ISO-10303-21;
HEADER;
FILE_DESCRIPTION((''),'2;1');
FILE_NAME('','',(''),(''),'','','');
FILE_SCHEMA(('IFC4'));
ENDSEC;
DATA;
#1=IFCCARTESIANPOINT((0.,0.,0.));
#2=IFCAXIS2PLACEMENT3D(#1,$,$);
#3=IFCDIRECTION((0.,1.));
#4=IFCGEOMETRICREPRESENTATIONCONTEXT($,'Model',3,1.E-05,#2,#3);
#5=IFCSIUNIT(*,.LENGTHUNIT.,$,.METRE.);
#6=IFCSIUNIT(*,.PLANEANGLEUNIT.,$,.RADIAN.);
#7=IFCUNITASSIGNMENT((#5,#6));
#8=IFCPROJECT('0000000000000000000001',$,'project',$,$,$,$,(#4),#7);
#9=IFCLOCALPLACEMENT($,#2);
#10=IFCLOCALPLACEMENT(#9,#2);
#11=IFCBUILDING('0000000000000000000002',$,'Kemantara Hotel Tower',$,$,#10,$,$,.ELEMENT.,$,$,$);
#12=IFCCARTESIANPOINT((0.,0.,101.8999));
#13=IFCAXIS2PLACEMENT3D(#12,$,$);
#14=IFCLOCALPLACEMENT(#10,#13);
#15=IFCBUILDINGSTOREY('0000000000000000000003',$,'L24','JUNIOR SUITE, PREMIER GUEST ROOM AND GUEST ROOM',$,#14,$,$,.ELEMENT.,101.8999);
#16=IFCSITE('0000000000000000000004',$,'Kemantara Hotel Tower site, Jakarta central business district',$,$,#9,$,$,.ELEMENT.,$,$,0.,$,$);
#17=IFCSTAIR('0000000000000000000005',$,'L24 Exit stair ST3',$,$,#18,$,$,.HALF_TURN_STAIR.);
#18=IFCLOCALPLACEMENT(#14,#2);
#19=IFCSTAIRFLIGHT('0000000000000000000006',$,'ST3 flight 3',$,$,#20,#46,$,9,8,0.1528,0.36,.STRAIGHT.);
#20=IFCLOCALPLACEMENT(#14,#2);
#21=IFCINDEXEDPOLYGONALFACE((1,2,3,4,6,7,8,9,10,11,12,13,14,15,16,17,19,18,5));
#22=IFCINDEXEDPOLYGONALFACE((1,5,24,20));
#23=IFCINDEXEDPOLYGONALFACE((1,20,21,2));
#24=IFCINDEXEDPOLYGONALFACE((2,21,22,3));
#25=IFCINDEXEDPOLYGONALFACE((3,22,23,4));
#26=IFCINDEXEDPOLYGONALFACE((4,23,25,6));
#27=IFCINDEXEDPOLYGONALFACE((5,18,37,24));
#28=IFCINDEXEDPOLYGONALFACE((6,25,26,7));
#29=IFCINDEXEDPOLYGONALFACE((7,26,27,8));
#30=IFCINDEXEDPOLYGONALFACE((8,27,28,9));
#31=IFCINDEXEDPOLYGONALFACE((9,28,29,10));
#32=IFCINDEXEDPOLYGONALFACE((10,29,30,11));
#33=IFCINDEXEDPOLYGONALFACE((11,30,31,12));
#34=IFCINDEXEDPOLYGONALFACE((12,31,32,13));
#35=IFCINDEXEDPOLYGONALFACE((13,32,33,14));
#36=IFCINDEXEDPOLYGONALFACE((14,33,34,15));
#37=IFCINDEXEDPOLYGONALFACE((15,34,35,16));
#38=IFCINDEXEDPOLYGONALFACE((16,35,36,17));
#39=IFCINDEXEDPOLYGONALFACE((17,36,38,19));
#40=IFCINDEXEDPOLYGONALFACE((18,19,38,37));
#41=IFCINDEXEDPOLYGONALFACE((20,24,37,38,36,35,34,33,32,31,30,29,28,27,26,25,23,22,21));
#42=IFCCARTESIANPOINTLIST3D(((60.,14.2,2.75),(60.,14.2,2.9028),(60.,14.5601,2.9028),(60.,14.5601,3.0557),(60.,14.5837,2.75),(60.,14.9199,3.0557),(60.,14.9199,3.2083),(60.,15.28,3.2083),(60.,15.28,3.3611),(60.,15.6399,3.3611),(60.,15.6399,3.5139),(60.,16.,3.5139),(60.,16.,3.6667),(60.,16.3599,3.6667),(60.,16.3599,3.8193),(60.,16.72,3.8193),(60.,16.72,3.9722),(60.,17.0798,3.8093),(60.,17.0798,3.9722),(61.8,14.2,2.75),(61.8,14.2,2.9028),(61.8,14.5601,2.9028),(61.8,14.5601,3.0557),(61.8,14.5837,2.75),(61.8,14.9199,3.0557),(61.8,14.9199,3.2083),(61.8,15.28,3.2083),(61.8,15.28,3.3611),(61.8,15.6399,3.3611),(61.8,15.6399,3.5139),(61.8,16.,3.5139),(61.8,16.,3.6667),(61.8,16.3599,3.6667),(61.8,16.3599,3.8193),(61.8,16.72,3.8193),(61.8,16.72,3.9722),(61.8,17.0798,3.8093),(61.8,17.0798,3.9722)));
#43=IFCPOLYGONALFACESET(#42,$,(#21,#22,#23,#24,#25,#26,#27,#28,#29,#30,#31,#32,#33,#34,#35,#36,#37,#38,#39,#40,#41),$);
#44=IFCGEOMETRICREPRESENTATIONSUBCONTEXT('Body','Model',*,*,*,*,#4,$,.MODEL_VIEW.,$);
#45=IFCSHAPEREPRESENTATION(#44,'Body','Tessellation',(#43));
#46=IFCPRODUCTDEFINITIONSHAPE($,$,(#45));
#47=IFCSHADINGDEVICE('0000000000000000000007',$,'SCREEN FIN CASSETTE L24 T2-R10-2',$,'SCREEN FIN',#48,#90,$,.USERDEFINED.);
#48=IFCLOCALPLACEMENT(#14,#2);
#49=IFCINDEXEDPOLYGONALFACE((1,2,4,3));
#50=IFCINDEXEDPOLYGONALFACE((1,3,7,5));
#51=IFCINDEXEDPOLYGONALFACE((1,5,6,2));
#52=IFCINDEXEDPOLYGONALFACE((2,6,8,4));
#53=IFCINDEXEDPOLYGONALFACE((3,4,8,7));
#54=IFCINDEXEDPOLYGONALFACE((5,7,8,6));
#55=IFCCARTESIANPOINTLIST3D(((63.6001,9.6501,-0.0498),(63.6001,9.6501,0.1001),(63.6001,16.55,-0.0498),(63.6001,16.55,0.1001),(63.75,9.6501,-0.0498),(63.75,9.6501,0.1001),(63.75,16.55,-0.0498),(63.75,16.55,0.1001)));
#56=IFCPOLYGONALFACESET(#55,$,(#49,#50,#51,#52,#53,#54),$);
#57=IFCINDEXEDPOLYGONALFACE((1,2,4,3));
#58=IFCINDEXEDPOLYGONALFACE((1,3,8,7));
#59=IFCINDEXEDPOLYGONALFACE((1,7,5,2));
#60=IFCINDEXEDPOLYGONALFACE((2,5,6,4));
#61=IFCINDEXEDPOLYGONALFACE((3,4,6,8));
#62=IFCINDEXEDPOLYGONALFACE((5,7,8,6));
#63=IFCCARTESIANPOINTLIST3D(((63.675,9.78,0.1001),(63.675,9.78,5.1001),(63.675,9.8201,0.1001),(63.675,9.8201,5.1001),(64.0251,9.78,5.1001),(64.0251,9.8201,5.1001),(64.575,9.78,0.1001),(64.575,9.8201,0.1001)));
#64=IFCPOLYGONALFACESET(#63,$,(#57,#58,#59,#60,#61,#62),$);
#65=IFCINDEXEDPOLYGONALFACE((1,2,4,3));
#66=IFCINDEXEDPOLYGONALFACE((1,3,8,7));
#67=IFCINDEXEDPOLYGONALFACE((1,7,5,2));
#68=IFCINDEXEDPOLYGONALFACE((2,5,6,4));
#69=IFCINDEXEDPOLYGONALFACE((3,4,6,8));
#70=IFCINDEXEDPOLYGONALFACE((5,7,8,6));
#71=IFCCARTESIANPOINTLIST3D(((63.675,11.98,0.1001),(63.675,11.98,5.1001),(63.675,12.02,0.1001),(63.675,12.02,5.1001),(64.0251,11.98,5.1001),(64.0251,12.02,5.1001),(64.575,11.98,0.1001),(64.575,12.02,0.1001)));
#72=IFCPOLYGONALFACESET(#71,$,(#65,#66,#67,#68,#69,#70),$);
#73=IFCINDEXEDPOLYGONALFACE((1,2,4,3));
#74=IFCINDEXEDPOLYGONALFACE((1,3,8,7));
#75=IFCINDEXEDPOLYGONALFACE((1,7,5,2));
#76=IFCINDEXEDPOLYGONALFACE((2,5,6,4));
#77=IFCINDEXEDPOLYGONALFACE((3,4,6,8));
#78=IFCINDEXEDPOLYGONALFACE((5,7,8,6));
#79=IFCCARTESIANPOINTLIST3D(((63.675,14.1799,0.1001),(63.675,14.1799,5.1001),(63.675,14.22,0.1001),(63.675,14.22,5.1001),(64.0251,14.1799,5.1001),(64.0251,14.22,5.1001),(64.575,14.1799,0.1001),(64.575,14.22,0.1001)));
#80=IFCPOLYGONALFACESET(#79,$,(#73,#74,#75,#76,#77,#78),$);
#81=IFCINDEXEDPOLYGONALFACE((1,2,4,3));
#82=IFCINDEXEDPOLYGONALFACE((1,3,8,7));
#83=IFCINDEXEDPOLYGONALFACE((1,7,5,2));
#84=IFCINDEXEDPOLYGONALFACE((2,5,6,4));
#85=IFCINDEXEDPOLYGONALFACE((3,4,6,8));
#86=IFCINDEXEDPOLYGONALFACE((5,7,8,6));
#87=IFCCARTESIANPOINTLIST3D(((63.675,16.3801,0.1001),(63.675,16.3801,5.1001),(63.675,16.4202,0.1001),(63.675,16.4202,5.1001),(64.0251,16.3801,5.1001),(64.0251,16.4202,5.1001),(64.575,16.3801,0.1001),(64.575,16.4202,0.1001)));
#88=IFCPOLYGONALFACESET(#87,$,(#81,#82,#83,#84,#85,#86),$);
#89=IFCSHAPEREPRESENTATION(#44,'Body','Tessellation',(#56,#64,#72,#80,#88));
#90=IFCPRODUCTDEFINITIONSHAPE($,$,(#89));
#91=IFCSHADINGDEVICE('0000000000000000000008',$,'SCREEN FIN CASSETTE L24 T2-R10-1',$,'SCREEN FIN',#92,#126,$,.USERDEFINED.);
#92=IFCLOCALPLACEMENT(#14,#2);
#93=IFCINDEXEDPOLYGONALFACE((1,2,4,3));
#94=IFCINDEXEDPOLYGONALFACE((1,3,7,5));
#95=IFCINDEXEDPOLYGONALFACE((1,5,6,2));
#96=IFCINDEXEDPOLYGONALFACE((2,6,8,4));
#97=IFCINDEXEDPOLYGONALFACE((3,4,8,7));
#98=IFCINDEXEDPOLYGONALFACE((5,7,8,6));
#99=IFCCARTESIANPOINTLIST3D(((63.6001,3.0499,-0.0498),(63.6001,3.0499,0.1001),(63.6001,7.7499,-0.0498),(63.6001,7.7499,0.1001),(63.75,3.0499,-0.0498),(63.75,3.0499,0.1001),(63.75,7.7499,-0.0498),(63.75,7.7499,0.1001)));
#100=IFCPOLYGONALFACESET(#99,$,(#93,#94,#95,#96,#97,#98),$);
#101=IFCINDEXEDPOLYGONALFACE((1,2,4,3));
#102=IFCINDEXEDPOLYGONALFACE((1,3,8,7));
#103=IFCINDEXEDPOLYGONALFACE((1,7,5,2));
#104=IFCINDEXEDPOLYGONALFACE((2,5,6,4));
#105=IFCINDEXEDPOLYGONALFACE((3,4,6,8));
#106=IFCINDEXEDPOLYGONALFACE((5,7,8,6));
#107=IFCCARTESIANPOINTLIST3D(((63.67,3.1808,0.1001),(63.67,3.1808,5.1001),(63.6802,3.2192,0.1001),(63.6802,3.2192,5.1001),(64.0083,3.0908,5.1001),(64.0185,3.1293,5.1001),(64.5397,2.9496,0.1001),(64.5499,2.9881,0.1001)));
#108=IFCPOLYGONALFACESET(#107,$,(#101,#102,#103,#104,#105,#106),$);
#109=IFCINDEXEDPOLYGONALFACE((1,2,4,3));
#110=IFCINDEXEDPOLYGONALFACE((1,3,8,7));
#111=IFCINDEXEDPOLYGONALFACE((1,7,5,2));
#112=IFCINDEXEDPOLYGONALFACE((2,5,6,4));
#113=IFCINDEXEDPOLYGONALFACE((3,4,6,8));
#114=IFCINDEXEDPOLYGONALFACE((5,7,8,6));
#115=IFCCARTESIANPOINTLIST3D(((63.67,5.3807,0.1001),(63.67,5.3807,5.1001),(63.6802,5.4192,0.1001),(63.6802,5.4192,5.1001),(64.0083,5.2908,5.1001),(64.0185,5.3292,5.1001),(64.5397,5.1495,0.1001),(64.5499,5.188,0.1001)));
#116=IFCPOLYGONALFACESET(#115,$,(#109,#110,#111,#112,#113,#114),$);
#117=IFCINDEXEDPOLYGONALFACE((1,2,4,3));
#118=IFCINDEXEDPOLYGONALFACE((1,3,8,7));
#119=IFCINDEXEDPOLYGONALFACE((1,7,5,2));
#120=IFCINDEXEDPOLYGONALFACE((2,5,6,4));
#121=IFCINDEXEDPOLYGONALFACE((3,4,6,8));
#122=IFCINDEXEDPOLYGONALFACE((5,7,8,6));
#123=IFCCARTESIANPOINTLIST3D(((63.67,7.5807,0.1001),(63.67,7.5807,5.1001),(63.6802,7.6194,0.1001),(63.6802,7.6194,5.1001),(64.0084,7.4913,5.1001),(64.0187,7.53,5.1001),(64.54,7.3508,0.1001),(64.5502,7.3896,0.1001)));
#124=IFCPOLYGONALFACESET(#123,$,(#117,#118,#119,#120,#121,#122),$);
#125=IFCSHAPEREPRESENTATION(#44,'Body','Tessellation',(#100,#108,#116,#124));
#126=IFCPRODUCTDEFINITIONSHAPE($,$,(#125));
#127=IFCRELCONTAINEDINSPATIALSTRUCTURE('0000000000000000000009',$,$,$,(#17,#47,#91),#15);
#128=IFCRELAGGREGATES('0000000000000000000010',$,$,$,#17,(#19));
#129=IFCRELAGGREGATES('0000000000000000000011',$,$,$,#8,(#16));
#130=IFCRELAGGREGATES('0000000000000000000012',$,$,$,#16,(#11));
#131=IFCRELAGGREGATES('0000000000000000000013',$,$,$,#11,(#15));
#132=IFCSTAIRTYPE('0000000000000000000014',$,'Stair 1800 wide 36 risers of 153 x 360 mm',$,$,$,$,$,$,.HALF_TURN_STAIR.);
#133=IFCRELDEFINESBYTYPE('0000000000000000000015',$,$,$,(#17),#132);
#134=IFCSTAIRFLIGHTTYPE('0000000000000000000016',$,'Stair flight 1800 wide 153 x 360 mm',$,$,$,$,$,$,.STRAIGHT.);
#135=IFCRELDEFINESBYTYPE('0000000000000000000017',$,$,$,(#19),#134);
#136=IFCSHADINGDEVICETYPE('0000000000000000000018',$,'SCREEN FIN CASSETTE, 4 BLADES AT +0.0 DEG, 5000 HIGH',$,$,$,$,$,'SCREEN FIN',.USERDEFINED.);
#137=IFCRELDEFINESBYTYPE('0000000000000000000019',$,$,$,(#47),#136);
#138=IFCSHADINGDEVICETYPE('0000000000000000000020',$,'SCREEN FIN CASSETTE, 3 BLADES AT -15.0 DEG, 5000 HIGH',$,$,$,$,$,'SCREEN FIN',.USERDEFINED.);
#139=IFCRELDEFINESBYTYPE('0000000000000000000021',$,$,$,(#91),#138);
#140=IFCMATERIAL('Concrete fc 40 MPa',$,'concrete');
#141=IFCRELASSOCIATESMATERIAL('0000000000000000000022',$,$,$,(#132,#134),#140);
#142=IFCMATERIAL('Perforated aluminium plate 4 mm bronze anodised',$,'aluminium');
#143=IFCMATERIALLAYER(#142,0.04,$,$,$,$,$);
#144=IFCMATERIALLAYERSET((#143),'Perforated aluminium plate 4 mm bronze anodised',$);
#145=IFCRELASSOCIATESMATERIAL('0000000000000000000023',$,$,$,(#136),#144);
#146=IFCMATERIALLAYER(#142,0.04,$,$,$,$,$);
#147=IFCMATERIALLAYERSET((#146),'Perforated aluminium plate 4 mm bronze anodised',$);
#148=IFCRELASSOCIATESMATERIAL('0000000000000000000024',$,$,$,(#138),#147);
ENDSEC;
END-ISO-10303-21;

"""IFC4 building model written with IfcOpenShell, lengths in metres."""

from ifc_helpers import new_model, si_unit, direction, frame, origin, origin_2d, place, context, subcontext, project, spatial, polyline, rectangle, outline, extrude, source, transform, mapped, material, layer, layer_set, type_object, element, aggregate, save


model = new_model("IFC4")

# Units and contexts
model_context = context("Model", 3, precision=1e-05, world=origin(), true_north=direction((0.0, 1.0)))
body_context = subcontext(model_context, "Body", "Model", "MODEL_VIEW")
ifc_project = project(units=[si_unit("LENGTHUNIT", "METRE"), si_unit("PLANEANGLEUNIT", "RADIAN")], contexts=[model_context])

# Site, building, storey
site_placement = place(None, origin())
site = spatial("IfcSite", under=ifc_project, at=site_placement, Name="Kemantara Hotel Tower site, Jakarta central business district", CompositionType="ELEMENT", RefElevation=0.0)
building_placement = place(site_placement, origin())
building = spatial("IfcBuilding", under=site, at=building_placement, Name="Kemantara Hotel Tower", CompositionType="ELEMENT")
storey_placement = place(building_placement, frame((0.0, 0.0, 101.8999)))
storey = spatial("IfcBuildingStorey", under=building, at=storey_placement, Name="L24", Description="JUNIOR SUITE, PREMIER GUEST ROOM AND GUEST ROOM", CompositionType="ELEMENT", Elevation=101.8999)

# Shared definitions
ifc_material_1 = material(Name="Concrete fc 40 MPa", Category="concrete")

# Stair, stair flight
stair_type = type_object("IfcStairType", Name="Stair 1800 wide 36 risers of 153 x 360 mm", PredefinedType="HALF_TURN_STAIR", material=ifc_material_1)
stair_placement = place(storey_placement, origin())
stair = element("IfcStair", 1, at=stair_placement, inside=storey, type_object=stair_type, Name="L24 Exit stair ST3", PredefinedType="HALF_TURN_STAIR")
stair_flight_type = type_object("IfcStairFlightType", Name="Stair flight 1800 wide 153 x 360 mm", PredefinedType="STRAIGHT", material=ifc_material_1)
stair_flight_1_placement = place(storey_placement, frame((60.8999, 14.2, 2.75), z_axis=(0.0, 0.0, 1.0), x_axis=(0.0, 1.0, 0.0)))
stair_flight_1 = element("IfcStairFlight", 2, at=stair_flight_1_placement, type_object=stair_flight_type, Name="ST3 flight 3", NumberOfRisers=9, NumberOfTreads=8, PredefinedType="STRAIGHT", RiserHeight=0.1528, TreadLength=0.36, context=body_context, shape_type="SweptSolid", body=[
    extrude(outline(polyline([(0.0, 0.0), (0.0, 0.1528), (0.3601, 0.1528), (0.3601, 0.3057), (0.72, 0.3057), (0.72, 0.4583), (1.0801, 0.4583), (1.0801, 0.6111), (1.4399, 0.6111), (1.4399, 0.7639), (1.8, 0.7639), (1.8, 0.9167), (2.1599, 0.9167), (2.1599, 1.0693), (2.52, 1.0693), (2.52, 1.2222), (2.8799, 1.2222), (2.8799, 1.375), (2.8799, 1.0593), (0.3838, 0.0), (0.0, 0.0)])), frame((0.0, 0.8999, 0.0), z_axis=(0.0, -1.0, 0.0), x_axis=(1.0, 0.0, 0.0)), (0.0, 0.0, 1.0), 1.8),
])
aggregate(stair, [stair_flight_1])

# Shading devices
ifc_material_2 = material(Name="Perforated aluminium plate 4 mm bronze anodised", Category="aluminium")
ifc_layer_1 = layer(ifc_material_2, 0.04)
ifc_layer_set_1 = layer_set([ifc_layer_1], Name="Perforated aluminium plate 4 mm bronze anodised")
shading_device_type_1 = type_object("IfcShadingDeviceType", Name="SCREEN FIN CASSETTE, 4 BLADES AT +0.0 DEG, 5000 HIGH", ElementType="SCREEN FIN", PredefinedType="USERDEFINED", material=ifc_layer_set_1)
shared_shape_1 = source(origin(), body_context, "Body", "SweptSolid", [
    extrude(rectangle(XDim=6.8999, YDim=0.1499, at=origin_2d()), frame((3.3, -0.075, -0.1499), z_axis=(0.0, 0.0, 1.0), x_axis=(1.0, 0.0, 0.0)), (0.0, 0.0, 1.0), 0.1499),
    extrude(outline(polyline([(0.0, 0.0), (0.8999, 0.0), (0.3501, 5.0), (0.0, 5.0), (0.0, 0.0)])), frame((0.02, -0.075, 0.0), z_axis=(-1.0, 0.0, 0.0), x_axis=(0.0, -1.0, 0.0)), (0.0, 0.0, 1.0), 0.04),
    extrude(outline(polyline([(0.0, 0.0), (0.8999, 0.0), (0.3501, 5.0), (0.0, 5.0), (0.0, 0.0)])), frame((2.22, -0.075, 0.0), z_axis=(-1.0, 0.0, 0.0), x_axis=(0.0, -1.0, 0.0)), (0.0, 0.0, 1.0), 0.04),
    extrude(outline(polyline([(0.0, 0.0), (0.8999, 0.0), (0.3501, 5.0), (0.0, 5.0), (0.0, 0.0)])), frame((4.4199, -0.075, 0.0), z_axis=(-1.0, 0.0, 0.0), x_axis=(0.0, -1.0, 0.0)), (0.0, 0.0, 1.0), 0.04),
    extrude(outline(polyline([(0.0, 0.0), (0.8999, 0.0), (0.3501, 5.0), (0.0, 5.0), (0.0, 0.0)])), frame((6.6201, -0.075, 0.0), z_axis=(-1.0, 0.0, 0.0), x_axis=(0.0, -1.0, 0.0)), (0.0, 0.0, 1.0), 0.04),
])
shading_device_1_placement = place(storey_placement, frame((63.6001, 9.8, 0.1001), z_axis=(0.0, 0.0, 1.0), x_axis=(0.0, 1.0, 0.0)))
element("IfcShadingDevice", 3, at=shading_device_1_placement, inside=storey, type_object=shading_device_type_1, Name="SCREEN FIN CASSETTE L24 T2-R10-2", ObjectType="SCREEN FIN", PredefinedType="USERDEFINED", context=body_context, shape_type="MappedRepresentation", body=[
    mapped(shared_shape_1, transform((0.0, 0.0, 0.0))),
])
ifc_layer_2 = layer(ifc_material_2, 0.04)
ifc_layer_set_2 = layer_set([ifc_layer_2], Name="Perforated aluminium plate 4 mm bronze anodised")
shading_device_type_2 = type_object("IfcShadingDeviceType", Name="SCREEN FIN CASSETTE, 3 BLADES AT -15.0 DEG, 5000 HIGH", ElementType="SCREEN FIN", PredefinedType="USERDEFINED", material=ifc_layer_set_2)
shared_shape_2 = source(origin(), body_context, "Body", "SweptSolid", [
    extrude(rectangle(XDim=4.7, YDim=0.1499, at=origin_2d()), frame((2.2, -0.075, -0.1499), z_axis=(0.0, 0.0, 1.0), x_axis=(1.0, 0.0, 0.0)), (0.0, 0.0, 1.0), 0.1499),
    extrude(outline(polyline([(0.0, 0.0), (0.8999, 0.0), (0.3501, 5.0), (0.0, 5.0), (0.0, 0.0)])), frame((0.0193, -0.0801, 0.0), z_axis=(-0.966438, 0.256901, 0.0), x_axis=(-0.256901, -0.966438, 0.0)), (0.0, 0.0, 1.0), 0.0398),
    extrude(outline(polyline([(0.0, 0.0), (0.8999, 0.0), (0.3501, 5.0), (0.0, 5.0), (0.0, 0.0)])), frame((2.2192, -0.0801, 0.0), z_axis=(-0.966438, 0.256901, 0.0), x_axis=(-0.256901, -0.966438, 0.0)), (0.0, 0.0, 1.0), 0.0398),
    extrude(outline(polyline([(0.0, 0.0), (0.8999, 0.0), (0.3501, 5.0), (0.0, 5.0), (0.0, 0.0)])), frame((4.4194, -0.0801, 0.0), z_axis=(-0.966838, 0.255391, 0.0), x_axis=(-0.255391, -0.966838, 0.0)), (0.0, 0.0, 1.0), 0.04),
])
shading_device_2_placement = place(storey_placement, frame((63.6001, 3.2, 0.1001), z_axis=(0.0, 0.0, 1.0), x_axis=(0.0, 1.0, 0.0)))
element("IfcShadingDevice", 4, at=shading_device_2_placement, inside=storey, type_object=shading_device_type_2, Name="SCREEN FIN CASSETTE L24 T2-R10-1", ObjectType="SCREEN FIN", PredefinedType="USERDEFINED", context=body_context, shape_type="MappedRepresentation", body=[
    mapped(shared_shape_2, transform((0.0, 0.0, 0.0))),
])

save(model, "model.ifc")
